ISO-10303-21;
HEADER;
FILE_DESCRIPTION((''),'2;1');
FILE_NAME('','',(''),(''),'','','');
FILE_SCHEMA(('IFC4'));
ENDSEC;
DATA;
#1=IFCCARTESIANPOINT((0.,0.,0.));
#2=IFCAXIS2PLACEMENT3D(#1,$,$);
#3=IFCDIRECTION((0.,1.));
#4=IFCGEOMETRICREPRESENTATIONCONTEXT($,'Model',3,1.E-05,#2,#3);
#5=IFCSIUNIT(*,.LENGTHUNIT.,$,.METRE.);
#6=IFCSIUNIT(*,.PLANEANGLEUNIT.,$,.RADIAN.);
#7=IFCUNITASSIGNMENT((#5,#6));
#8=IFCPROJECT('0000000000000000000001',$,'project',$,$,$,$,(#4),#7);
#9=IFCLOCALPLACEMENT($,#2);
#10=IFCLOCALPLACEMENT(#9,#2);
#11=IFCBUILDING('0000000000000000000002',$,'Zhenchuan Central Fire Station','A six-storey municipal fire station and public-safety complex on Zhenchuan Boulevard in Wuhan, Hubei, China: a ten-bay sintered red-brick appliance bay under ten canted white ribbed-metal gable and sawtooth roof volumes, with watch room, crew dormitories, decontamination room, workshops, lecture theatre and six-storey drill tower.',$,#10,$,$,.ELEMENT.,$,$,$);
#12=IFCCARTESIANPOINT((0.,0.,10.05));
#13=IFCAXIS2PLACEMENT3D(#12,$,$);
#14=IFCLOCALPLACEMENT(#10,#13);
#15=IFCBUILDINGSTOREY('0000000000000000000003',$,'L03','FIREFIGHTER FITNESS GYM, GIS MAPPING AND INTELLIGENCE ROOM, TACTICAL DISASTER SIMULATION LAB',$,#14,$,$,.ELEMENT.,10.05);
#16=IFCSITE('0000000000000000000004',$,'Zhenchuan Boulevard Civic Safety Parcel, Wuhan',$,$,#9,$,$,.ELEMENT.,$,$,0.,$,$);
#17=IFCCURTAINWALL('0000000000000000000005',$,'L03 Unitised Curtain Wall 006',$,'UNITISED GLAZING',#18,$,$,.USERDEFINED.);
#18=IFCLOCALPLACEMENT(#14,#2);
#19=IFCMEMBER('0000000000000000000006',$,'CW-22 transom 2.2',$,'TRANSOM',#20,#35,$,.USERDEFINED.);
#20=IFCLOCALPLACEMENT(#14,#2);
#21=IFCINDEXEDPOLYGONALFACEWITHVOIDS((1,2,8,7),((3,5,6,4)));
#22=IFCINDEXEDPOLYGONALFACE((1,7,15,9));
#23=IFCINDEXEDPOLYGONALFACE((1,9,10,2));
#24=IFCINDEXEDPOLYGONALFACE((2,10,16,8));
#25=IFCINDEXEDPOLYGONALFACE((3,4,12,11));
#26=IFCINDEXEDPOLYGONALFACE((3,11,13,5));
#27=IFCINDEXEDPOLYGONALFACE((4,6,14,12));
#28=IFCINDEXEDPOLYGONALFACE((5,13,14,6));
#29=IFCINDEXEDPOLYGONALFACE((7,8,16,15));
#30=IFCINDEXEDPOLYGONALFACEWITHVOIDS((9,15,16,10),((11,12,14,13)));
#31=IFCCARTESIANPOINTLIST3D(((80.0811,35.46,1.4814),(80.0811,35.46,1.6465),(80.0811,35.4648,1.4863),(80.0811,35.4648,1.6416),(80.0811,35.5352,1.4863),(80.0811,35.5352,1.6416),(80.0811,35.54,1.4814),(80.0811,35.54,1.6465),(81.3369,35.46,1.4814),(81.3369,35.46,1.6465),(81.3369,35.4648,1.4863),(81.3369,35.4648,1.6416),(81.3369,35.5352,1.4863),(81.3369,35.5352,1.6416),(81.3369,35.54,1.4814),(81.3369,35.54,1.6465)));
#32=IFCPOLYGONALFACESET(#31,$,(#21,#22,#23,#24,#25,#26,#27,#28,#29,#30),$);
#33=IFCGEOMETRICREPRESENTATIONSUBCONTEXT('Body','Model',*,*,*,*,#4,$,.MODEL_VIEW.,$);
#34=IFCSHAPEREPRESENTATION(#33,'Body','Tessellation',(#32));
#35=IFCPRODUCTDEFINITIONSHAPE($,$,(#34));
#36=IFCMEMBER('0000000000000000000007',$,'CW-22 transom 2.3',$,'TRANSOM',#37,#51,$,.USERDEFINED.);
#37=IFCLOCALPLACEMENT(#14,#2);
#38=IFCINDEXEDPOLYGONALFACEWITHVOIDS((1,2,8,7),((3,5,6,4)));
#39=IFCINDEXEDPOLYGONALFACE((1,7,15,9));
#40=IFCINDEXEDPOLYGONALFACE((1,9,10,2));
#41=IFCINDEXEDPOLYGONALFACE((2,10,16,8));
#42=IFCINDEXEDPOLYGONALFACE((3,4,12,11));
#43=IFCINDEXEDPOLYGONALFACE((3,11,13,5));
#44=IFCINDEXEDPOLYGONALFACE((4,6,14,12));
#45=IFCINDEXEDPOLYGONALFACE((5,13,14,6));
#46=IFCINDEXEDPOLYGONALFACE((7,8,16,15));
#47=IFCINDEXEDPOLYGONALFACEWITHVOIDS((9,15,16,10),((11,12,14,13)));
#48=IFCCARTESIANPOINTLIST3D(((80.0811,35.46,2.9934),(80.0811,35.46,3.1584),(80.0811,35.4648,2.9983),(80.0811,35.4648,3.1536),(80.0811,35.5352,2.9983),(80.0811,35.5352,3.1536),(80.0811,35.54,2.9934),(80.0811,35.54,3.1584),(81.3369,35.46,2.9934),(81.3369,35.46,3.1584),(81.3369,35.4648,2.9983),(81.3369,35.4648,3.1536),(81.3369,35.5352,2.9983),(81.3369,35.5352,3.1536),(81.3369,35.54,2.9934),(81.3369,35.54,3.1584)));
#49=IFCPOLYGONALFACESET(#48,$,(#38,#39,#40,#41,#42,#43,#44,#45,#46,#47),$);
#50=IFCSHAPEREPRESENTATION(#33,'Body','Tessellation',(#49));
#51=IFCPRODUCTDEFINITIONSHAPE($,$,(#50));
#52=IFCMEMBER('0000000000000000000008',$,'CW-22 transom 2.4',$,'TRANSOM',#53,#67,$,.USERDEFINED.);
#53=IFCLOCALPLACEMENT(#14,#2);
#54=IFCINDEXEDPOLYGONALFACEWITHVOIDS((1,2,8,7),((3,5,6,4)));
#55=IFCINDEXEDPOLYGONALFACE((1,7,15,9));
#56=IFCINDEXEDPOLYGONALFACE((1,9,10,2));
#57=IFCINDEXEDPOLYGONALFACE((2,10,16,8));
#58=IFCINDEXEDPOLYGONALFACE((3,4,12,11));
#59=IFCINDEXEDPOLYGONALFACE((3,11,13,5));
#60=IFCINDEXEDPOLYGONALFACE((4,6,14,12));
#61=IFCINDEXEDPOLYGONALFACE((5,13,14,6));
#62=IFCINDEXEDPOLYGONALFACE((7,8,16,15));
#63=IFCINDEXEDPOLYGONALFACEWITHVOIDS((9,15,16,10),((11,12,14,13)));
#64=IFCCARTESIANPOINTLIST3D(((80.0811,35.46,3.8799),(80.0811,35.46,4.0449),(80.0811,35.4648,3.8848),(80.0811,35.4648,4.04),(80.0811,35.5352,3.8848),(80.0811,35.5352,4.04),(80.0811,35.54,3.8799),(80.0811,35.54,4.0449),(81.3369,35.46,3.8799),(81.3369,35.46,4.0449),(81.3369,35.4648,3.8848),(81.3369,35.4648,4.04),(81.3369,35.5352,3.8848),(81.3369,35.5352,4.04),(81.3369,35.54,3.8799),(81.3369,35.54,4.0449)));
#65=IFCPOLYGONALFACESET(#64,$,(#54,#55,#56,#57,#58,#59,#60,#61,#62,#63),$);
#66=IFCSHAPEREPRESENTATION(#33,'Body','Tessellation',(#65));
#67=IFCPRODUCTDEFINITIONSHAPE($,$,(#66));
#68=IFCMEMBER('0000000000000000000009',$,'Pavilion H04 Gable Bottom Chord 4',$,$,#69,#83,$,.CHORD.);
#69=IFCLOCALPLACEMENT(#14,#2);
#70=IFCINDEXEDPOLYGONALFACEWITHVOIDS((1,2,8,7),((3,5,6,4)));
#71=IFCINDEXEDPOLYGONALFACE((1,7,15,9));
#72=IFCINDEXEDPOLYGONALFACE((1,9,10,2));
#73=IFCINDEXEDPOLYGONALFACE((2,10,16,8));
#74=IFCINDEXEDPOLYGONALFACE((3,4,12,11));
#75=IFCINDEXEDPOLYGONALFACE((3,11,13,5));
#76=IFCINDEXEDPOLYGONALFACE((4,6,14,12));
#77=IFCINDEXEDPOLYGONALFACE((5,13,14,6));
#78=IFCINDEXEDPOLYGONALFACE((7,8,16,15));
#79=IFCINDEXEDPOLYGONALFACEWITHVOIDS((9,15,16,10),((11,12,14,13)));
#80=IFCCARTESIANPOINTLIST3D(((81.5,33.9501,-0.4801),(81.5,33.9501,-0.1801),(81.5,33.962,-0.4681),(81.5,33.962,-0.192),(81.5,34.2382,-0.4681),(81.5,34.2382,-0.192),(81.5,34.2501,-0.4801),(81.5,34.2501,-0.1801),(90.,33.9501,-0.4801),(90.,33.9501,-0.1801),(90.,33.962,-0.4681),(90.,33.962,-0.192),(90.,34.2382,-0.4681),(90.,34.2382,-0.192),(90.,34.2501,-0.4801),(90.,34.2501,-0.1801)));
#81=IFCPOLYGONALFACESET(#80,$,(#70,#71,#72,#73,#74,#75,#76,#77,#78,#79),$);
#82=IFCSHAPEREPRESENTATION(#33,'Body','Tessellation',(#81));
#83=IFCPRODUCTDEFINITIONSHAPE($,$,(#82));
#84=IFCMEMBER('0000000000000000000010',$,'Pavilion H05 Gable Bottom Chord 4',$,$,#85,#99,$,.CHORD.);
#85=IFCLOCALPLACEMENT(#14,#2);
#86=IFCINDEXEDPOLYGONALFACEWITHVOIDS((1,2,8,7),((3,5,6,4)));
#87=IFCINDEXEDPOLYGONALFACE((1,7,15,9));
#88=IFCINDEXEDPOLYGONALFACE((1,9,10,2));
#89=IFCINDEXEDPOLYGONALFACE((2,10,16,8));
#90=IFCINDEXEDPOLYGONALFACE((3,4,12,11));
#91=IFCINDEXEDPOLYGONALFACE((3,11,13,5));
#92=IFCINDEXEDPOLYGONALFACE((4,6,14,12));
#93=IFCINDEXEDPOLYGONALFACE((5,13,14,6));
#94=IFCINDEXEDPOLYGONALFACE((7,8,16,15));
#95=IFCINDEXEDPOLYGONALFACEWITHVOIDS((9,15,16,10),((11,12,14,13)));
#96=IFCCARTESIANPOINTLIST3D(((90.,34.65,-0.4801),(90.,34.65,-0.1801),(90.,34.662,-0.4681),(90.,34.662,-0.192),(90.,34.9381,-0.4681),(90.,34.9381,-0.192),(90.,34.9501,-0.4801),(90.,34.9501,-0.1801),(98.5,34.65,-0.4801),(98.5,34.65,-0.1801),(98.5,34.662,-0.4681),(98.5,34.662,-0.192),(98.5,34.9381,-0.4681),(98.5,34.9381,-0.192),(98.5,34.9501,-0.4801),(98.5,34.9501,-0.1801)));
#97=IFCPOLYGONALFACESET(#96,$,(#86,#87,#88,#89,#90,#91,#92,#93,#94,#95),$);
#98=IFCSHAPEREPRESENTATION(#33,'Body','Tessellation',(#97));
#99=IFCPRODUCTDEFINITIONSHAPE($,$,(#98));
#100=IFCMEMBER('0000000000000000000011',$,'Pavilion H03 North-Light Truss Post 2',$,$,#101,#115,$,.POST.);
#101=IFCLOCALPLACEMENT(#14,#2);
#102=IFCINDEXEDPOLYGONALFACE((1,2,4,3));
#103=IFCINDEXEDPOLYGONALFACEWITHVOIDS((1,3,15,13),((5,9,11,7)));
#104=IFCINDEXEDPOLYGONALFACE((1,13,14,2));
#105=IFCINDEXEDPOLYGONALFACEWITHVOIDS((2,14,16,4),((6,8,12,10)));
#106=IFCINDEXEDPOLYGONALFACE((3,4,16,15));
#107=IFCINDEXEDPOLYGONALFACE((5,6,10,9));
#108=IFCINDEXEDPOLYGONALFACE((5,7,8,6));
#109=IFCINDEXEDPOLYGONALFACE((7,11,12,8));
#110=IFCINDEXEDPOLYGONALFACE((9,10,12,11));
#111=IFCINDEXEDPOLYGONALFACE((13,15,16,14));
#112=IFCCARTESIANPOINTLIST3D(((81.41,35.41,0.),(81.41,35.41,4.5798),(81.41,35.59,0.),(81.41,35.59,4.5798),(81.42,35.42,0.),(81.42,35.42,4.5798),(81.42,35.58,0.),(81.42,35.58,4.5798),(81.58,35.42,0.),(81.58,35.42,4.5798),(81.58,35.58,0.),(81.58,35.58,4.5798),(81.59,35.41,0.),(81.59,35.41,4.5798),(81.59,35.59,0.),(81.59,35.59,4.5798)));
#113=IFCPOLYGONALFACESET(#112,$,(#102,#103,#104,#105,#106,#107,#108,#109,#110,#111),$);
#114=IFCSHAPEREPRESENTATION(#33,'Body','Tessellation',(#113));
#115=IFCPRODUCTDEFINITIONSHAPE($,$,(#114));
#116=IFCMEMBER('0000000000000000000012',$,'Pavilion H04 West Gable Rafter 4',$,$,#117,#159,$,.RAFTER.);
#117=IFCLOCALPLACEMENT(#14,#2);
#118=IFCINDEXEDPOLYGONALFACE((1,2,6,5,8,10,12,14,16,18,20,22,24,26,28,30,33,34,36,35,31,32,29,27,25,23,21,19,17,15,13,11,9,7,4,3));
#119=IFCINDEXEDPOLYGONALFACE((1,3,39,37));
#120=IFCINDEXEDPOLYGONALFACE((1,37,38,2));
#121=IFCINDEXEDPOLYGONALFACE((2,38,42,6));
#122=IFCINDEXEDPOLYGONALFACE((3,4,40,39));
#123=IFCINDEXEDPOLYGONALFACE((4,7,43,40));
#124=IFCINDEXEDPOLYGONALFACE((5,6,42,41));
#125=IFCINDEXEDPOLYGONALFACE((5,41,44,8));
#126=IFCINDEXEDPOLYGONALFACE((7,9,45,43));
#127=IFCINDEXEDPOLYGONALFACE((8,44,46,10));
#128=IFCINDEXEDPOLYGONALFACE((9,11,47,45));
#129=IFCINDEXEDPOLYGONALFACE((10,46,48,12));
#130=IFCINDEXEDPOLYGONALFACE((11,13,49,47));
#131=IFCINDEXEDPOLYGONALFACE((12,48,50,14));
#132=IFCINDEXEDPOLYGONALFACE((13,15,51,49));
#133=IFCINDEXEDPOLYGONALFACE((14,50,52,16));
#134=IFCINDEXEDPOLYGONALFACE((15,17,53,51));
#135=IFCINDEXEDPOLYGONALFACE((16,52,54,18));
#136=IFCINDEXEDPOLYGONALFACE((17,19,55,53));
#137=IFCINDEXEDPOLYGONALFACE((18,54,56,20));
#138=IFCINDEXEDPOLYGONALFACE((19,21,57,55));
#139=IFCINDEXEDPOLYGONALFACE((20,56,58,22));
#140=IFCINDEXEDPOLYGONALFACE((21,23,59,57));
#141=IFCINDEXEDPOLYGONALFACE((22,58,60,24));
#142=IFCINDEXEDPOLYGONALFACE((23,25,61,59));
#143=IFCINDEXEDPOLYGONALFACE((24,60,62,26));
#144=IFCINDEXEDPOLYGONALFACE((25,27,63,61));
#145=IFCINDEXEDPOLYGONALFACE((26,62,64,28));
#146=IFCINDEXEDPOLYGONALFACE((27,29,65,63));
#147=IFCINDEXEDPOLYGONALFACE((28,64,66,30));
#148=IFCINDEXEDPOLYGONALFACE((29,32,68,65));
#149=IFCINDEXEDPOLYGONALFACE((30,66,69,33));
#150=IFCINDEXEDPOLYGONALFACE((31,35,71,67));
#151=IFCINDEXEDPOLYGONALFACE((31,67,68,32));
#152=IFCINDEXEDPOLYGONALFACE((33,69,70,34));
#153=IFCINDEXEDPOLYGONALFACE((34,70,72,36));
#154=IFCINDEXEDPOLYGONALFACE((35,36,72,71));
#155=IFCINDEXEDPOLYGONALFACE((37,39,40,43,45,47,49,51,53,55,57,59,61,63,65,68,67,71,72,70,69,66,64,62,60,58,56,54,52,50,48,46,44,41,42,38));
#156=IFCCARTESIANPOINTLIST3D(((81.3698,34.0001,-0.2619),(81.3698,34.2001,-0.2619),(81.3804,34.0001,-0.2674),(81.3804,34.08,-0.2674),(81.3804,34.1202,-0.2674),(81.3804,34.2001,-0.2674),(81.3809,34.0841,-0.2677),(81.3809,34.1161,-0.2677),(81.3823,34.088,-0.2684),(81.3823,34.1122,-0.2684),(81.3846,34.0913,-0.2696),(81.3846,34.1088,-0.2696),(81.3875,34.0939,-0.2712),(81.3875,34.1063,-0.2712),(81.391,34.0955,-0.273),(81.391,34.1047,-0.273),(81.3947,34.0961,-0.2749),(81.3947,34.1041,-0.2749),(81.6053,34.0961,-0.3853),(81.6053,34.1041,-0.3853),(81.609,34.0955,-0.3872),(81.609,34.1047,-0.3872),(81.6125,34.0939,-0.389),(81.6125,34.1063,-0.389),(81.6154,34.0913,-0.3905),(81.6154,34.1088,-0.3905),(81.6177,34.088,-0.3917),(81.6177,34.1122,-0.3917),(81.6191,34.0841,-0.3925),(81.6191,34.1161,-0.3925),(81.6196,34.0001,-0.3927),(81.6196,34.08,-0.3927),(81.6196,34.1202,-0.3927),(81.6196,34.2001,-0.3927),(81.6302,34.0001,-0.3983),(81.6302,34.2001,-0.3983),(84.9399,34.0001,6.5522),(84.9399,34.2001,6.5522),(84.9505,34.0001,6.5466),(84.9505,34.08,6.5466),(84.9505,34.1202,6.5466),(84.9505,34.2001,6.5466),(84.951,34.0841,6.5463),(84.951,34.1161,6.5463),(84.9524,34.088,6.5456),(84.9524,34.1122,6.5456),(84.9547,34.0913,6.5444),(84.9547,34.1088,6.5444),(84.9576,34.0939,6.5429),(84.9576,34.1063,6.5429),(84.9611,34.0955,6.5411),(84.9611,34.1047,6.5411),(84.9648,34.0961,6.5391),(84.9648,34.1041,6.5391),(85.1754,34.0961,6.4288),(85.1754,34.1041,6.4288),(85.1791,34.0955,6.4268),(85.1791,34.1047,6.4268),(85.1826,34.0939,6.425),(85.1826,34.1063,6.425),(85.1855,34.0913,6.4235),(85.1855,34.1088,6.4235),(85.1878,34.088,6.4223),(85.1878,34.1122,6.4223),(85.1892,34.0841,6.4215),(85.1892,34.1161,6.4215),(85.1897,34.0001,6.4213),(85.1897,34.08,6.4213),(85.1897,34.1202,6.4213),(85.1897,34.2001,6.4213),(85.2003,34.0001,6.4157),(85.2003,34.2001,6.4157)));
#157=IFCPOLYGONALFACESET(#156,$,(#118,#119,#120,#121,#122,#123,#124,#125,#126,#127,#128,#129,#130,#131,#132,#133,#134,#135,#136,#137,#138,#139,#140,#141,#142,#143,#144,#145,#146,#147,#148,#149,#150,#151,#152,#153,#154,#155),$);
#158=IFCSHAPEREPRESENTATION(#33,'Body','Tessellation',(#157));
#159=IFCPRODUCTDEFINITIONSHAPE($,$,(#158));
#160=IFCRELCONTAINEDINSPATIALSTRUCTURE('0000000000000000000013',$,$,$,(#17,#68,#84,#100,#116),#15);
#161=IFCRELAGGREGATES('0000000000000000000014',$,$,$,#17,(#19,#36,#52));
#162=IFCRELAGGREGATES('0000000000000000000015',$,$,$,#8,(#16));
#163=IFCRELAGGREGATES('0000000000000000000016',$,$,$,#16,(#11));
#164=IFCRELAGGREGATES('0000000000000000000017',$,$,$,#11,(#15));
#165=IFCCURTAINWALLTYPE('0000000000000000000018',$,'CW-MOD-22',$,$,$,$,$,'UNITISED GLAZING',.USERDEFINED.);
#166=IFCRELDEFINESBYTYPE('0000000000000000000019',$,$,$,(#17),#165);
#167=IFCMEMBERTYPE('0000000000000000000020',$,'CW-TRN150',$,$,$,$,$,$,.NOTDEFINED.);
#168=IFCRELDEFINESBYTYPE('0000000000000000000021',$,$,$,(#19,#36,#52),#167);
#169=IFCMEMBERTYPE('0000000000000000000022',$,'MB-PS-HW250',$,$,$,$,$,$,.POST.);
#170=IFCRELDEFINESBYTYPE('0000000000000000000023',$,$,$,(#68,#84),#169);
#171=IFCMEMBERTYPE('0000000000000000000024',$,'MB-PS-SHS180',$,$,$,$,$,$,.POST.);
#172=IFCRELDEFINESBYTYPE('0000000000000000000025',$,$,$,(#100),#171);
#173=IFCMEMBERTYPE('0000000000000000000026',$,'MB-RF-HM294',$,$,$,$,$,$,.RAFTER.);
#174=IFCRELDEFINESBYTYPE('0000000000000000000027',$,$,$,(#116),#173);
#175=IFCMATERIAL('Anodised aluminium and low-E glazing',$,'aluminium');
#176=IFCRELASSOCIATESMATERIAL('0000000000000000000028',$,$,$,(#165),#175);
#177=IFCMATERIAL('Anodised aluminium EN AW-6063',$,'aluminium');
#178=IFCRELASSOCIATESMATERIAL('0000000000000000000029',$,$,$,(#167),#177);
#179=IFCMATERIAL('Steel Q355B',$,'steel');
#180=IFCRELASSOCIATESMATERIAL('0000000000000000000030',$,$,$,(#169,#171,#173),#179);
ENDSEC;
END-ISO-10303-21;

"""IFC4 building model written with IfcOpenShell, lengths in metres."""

from ifc_helpers import new_model, si_unit, direction, frame, origin, origin_2d, place, context, subcontext, project, spatial, hollow_rectangle, i_section, extrude, material, material_profile, profile_set, type_object, element, aggregate, save


model = new_model("IFC4")

# Units and contexts
model_context = context("Model", 3, precision=1e-05, world=origin(), true_north=direction((0.0, 1.0)))
body_context = subcontext(model_context, "Body", "Model", "MODEL_VIEW")
ifc_project = project(units=[si_unit("LENGTHUNIT", "METRE"), si_unit("PLANEANGLEUNIT", "RADIAN")], contexts=[model_context])

# Site, building, storey
site_placement = place(None, origin())
site = spatial("IfcSite", under=ifc_project, at=site_placement, Name="Zhenchuan Boulevard Civic Safety Parcel, Wuhan", CompositionType="ELEMENT", RefElevation=0.0)
building_placement = place(site_placement, origin())
building = spatial("IfcBuilding", under=site, at=building_placement, Name="Zhenchuan Central Fire Station", Description="A six-storey municipal fire station and public-safety complex on Zhenchuan Boulevard in Wuhan, Hubei, China: a ten-bay sintered red-brick appliance bay under ten canted white ribbed-metal gable and sawtooth roof volumes, with watch room, crew dormitories, decontamination room, workshops, lecture theatre and six-storey drill tower.", CompositionType="ELEMENT")
storey_placement = place(building_placement, frame((0.0, 0.0, 10.05)))
storey = spatial("IfcBuildingStorey", under=building, at=storey_placement, Name="L03", Description="FIREFIGHTER FITNESS GYM, GIS MAPPING AND INTELLIGENCE ROOM, TACTICAL DISASTER SIMULATION LAB", CompositionType="ELEMENT", Elevation=10.05)

# Shared definitions
ifc_material_1 = material(Name="Anodised aluminium and low-E glazing", Category="aluminium")
ifc_material_2 = material(Name="Anodised aluminium EN AW-6063", Category="aluminium")

# Curtain wall
curtain_wall_type_1 = type_object("IfcCurtainWallType", Name="CW-MOD-22", ElementType="UNITISED GLAZING", PredefinedType="USERDEFINED", material=ifc_material_1)
curtain_wall_1_placement = place(storey_placement, origin())
curtain_wall_1 = element("IfcCurtainWall", 1, at=curtain_wall_1_placement, inside=storey, type_object=curtain_wall_type_1, Name="L03 Unitised Curtain Wall 006", ObjectType="UNITISED GLAZING", PredefinedType="USERDEFINED")

# Members
ifc_material_profile_1 = material_profile(ifc_material_2, hollow_rectangle(XDim=0.0801, YDim=0.165, WallThickness=0.0049, at=origin_2d()), Name="ALU-T 165x80")
ifc_profile_set_1 = profile_set([ifc_material_profile_1], Name="Anodised aluminium EN AW-6063")
member_type_1 = type_object("IfcMemberType", Name="CW-TRN150", PredefinedType="NOTDEFINED", material=ifc_profile_set_1)
member_1_placement = place(storey_placement, frame((80.0811, 35.5, 1.564), z_axis=(1.0, 0.0, 0.0), x_axis=(0.0, 1.0, 0.0)))
member_1 = element("IfcMember", 2, at=member_1_placement, type_object=member_type_1, Name="CW-22 transom 2.2", ObjectType="TRANSOM", PredefinedType="USERDEFINED", context=body_context, shape_type="SweptSolid", body=[
    extrude(hollow_rectangle(XDim=0.0801, YDim=0.165, WallThickness=0.0049, at=origin_2d()), origin(), (0.0, 0.0, 1.0), 1.2559),
])
member_2_placement = place(storey_placement, frame((80.0811, 35.5, 3.0759), z_axis=(1.0, 0.0, 0.0), x_axis=(0.0, 1.0, 0.0)))
member_2 = element("IfcMember", 3, at=member_2_placement, type_object=member_type_1, Name="CW-22 transom 2.3", ObjectType="TRANSOM", PredefinedType="USERDEFINED", context=body_context, shape_type="SweptSolid", body=[
    extrude(hollow_rectangle(XDim=0.0801, YDim=0.165, WallThickness=0.0049, at=origin_2d()), origin(), (0.0, 0.0, 1.0), 1.2559),
])
member_3_placement = place(storey_placement, frame((80.0811, 35.5, 3.9624), z_axis=(1.0, 0.0, 0.0), x_axis=(0.0, 1.0, 0.0)))
member_3 = element("IfcMember", 4, at=member_3_placement, type_object=member_type_1, Name="CW-22 transom 2.4", ObjectType="TRANSOM", PredefinedType="USERDEFINED", context=body_context, shape_type="SweptSolid", body=[
    extrude(hollow_rectangle(XDim=0.0801, YDim=0.165, WallThickness=0.0049, at=origin_2d()), origin(), (0.0, 0.0, 1.0), 1.2559),
])

# Members
ifc_material_3 = material(Name="Steel Q355B", Category="steel")
ifc_material_profile_2 = material_profile(ifc_material_3, hollow_rectangle(XDim=0.3, YDim=0.3, WallThickness=0.012, at=origin_2d()), Name="SHS 300x300x12")
ifc_profile_set_2 = profile_set([ifc_material_profile_2], Name="Steel Q355B")
member_type_2 = type_object("IfcMemberType", Name="MB-PS-HW250", PredefinedType="POST", material=ifc_profile_set_2)
for number, where, z_axis, x_axis, name in (
    (5, (81.5, 34.1001, -0.3301), (1.0, 0.0, 0.0), (0.0, 1.0, 0.0), "Pavilion H04 Gable Bottom Chord 4"),
    (6, (90.0, 34.8, -0.3301), (1.0, 0.0, 0.0), (0.0, 1.0, 0.0), "Pavilion H05 Gable Bottom Chord 4"),
):
    element("IfcMember", number, at=place(storey_placement, frame(where, z_axis=z_axis, x_axis=x_axis)), inside=storey, type_object=member_type_2, Name=name, PredefinedType="CHORD", context=body_context, shape_type="SweptSolid", body=[
        extrude(hollow_rectangle(XDim=0.3, YDim=0.3, WallThickness=0.012, at=origin_2d()), origin(), (0.0, 0.0, 1.0), 8.5),
    ])
ifc_material_profile_3 = material_profile(ifc_material_3, hollow_rectangle(XDim=0.1799, YDim=0.1799, WallThickness=0.01, at=origin_2d()), Name="SHS 180x180x10")
ifc_profile_set_3 = profile_set([ifc_material_profile_3], Name="Steel Q355B")
member_type_3 = type_object("IfcMemberType", Name="MB-PS-SHS180", PredefinedType="POST", material=ifc_profile_set_3)
member_4_placement = place(storey_placement, frame((81.5, 35.5, 0.0), z_axis=(0.0, 0.0, 1.0), x_axis=(1.0, 0.0, 0.0)))
element("IfcMember", 7, at=member_4_placement, inside=storey, type_object=member_type_3, Name="Pavilion H03 North-Light Truss Post 2", PredefinedType="POST", context=body_context, shape_type="SweptSolid", body=[
    extrude(hollow_rectangle(XDim=0.1799, YDim=0.1799, WallThickness=0.01, at=origin_2d()), origin(), (0.0, 0.0, 1.0), 4.5798),
])
ifc_material_profile_4 = material_profile(ifc_material_3, i_section(OverallWidth=0.2, OverallDepth=0.2939, WebThickness=0.0081, FlangeThickness=0.012, FilletRadius=0.0161, at=origin_2d()), Name="HM 294x200")
ifc_profile_set_4 = profile_set([ifc_material_profile_4], Name="Steel Q355B")
member_type_4 = type_object("IfcMemberType", Name="MB-RF-HM294", PredefinedType="RAFTER", material=ifc_profile_set_4)
member_5_placement = place(storey_placement, frame((81.5, 34.1001, -0.3301), z_axis=(0.464094, 0.0, 0.885786), x_axis=(0.0, 1.0, 0.0)))
element("IfcMember", 8, at=member_5_placement, inside=storey, type_object=member_type_4, Name="Pavilion H04 West Gable Rafter 4", PredefinedType="RAFTER", context=body_context, shape_type="SweptSolid", body=[
    extrude(i_section(OverallWidth=0.2, OverallDepth=0.2939, WebThickness=0.0081, FlangeThickness=0.012, FilletRadius=0.0161, at=origin_2d()), origin(), (0.0, 0.0, 1.0), 7.6926),
])

aggregate(curtain_wall_1, [member_1, member_2, member_3])

save(model, "model.ifc")
